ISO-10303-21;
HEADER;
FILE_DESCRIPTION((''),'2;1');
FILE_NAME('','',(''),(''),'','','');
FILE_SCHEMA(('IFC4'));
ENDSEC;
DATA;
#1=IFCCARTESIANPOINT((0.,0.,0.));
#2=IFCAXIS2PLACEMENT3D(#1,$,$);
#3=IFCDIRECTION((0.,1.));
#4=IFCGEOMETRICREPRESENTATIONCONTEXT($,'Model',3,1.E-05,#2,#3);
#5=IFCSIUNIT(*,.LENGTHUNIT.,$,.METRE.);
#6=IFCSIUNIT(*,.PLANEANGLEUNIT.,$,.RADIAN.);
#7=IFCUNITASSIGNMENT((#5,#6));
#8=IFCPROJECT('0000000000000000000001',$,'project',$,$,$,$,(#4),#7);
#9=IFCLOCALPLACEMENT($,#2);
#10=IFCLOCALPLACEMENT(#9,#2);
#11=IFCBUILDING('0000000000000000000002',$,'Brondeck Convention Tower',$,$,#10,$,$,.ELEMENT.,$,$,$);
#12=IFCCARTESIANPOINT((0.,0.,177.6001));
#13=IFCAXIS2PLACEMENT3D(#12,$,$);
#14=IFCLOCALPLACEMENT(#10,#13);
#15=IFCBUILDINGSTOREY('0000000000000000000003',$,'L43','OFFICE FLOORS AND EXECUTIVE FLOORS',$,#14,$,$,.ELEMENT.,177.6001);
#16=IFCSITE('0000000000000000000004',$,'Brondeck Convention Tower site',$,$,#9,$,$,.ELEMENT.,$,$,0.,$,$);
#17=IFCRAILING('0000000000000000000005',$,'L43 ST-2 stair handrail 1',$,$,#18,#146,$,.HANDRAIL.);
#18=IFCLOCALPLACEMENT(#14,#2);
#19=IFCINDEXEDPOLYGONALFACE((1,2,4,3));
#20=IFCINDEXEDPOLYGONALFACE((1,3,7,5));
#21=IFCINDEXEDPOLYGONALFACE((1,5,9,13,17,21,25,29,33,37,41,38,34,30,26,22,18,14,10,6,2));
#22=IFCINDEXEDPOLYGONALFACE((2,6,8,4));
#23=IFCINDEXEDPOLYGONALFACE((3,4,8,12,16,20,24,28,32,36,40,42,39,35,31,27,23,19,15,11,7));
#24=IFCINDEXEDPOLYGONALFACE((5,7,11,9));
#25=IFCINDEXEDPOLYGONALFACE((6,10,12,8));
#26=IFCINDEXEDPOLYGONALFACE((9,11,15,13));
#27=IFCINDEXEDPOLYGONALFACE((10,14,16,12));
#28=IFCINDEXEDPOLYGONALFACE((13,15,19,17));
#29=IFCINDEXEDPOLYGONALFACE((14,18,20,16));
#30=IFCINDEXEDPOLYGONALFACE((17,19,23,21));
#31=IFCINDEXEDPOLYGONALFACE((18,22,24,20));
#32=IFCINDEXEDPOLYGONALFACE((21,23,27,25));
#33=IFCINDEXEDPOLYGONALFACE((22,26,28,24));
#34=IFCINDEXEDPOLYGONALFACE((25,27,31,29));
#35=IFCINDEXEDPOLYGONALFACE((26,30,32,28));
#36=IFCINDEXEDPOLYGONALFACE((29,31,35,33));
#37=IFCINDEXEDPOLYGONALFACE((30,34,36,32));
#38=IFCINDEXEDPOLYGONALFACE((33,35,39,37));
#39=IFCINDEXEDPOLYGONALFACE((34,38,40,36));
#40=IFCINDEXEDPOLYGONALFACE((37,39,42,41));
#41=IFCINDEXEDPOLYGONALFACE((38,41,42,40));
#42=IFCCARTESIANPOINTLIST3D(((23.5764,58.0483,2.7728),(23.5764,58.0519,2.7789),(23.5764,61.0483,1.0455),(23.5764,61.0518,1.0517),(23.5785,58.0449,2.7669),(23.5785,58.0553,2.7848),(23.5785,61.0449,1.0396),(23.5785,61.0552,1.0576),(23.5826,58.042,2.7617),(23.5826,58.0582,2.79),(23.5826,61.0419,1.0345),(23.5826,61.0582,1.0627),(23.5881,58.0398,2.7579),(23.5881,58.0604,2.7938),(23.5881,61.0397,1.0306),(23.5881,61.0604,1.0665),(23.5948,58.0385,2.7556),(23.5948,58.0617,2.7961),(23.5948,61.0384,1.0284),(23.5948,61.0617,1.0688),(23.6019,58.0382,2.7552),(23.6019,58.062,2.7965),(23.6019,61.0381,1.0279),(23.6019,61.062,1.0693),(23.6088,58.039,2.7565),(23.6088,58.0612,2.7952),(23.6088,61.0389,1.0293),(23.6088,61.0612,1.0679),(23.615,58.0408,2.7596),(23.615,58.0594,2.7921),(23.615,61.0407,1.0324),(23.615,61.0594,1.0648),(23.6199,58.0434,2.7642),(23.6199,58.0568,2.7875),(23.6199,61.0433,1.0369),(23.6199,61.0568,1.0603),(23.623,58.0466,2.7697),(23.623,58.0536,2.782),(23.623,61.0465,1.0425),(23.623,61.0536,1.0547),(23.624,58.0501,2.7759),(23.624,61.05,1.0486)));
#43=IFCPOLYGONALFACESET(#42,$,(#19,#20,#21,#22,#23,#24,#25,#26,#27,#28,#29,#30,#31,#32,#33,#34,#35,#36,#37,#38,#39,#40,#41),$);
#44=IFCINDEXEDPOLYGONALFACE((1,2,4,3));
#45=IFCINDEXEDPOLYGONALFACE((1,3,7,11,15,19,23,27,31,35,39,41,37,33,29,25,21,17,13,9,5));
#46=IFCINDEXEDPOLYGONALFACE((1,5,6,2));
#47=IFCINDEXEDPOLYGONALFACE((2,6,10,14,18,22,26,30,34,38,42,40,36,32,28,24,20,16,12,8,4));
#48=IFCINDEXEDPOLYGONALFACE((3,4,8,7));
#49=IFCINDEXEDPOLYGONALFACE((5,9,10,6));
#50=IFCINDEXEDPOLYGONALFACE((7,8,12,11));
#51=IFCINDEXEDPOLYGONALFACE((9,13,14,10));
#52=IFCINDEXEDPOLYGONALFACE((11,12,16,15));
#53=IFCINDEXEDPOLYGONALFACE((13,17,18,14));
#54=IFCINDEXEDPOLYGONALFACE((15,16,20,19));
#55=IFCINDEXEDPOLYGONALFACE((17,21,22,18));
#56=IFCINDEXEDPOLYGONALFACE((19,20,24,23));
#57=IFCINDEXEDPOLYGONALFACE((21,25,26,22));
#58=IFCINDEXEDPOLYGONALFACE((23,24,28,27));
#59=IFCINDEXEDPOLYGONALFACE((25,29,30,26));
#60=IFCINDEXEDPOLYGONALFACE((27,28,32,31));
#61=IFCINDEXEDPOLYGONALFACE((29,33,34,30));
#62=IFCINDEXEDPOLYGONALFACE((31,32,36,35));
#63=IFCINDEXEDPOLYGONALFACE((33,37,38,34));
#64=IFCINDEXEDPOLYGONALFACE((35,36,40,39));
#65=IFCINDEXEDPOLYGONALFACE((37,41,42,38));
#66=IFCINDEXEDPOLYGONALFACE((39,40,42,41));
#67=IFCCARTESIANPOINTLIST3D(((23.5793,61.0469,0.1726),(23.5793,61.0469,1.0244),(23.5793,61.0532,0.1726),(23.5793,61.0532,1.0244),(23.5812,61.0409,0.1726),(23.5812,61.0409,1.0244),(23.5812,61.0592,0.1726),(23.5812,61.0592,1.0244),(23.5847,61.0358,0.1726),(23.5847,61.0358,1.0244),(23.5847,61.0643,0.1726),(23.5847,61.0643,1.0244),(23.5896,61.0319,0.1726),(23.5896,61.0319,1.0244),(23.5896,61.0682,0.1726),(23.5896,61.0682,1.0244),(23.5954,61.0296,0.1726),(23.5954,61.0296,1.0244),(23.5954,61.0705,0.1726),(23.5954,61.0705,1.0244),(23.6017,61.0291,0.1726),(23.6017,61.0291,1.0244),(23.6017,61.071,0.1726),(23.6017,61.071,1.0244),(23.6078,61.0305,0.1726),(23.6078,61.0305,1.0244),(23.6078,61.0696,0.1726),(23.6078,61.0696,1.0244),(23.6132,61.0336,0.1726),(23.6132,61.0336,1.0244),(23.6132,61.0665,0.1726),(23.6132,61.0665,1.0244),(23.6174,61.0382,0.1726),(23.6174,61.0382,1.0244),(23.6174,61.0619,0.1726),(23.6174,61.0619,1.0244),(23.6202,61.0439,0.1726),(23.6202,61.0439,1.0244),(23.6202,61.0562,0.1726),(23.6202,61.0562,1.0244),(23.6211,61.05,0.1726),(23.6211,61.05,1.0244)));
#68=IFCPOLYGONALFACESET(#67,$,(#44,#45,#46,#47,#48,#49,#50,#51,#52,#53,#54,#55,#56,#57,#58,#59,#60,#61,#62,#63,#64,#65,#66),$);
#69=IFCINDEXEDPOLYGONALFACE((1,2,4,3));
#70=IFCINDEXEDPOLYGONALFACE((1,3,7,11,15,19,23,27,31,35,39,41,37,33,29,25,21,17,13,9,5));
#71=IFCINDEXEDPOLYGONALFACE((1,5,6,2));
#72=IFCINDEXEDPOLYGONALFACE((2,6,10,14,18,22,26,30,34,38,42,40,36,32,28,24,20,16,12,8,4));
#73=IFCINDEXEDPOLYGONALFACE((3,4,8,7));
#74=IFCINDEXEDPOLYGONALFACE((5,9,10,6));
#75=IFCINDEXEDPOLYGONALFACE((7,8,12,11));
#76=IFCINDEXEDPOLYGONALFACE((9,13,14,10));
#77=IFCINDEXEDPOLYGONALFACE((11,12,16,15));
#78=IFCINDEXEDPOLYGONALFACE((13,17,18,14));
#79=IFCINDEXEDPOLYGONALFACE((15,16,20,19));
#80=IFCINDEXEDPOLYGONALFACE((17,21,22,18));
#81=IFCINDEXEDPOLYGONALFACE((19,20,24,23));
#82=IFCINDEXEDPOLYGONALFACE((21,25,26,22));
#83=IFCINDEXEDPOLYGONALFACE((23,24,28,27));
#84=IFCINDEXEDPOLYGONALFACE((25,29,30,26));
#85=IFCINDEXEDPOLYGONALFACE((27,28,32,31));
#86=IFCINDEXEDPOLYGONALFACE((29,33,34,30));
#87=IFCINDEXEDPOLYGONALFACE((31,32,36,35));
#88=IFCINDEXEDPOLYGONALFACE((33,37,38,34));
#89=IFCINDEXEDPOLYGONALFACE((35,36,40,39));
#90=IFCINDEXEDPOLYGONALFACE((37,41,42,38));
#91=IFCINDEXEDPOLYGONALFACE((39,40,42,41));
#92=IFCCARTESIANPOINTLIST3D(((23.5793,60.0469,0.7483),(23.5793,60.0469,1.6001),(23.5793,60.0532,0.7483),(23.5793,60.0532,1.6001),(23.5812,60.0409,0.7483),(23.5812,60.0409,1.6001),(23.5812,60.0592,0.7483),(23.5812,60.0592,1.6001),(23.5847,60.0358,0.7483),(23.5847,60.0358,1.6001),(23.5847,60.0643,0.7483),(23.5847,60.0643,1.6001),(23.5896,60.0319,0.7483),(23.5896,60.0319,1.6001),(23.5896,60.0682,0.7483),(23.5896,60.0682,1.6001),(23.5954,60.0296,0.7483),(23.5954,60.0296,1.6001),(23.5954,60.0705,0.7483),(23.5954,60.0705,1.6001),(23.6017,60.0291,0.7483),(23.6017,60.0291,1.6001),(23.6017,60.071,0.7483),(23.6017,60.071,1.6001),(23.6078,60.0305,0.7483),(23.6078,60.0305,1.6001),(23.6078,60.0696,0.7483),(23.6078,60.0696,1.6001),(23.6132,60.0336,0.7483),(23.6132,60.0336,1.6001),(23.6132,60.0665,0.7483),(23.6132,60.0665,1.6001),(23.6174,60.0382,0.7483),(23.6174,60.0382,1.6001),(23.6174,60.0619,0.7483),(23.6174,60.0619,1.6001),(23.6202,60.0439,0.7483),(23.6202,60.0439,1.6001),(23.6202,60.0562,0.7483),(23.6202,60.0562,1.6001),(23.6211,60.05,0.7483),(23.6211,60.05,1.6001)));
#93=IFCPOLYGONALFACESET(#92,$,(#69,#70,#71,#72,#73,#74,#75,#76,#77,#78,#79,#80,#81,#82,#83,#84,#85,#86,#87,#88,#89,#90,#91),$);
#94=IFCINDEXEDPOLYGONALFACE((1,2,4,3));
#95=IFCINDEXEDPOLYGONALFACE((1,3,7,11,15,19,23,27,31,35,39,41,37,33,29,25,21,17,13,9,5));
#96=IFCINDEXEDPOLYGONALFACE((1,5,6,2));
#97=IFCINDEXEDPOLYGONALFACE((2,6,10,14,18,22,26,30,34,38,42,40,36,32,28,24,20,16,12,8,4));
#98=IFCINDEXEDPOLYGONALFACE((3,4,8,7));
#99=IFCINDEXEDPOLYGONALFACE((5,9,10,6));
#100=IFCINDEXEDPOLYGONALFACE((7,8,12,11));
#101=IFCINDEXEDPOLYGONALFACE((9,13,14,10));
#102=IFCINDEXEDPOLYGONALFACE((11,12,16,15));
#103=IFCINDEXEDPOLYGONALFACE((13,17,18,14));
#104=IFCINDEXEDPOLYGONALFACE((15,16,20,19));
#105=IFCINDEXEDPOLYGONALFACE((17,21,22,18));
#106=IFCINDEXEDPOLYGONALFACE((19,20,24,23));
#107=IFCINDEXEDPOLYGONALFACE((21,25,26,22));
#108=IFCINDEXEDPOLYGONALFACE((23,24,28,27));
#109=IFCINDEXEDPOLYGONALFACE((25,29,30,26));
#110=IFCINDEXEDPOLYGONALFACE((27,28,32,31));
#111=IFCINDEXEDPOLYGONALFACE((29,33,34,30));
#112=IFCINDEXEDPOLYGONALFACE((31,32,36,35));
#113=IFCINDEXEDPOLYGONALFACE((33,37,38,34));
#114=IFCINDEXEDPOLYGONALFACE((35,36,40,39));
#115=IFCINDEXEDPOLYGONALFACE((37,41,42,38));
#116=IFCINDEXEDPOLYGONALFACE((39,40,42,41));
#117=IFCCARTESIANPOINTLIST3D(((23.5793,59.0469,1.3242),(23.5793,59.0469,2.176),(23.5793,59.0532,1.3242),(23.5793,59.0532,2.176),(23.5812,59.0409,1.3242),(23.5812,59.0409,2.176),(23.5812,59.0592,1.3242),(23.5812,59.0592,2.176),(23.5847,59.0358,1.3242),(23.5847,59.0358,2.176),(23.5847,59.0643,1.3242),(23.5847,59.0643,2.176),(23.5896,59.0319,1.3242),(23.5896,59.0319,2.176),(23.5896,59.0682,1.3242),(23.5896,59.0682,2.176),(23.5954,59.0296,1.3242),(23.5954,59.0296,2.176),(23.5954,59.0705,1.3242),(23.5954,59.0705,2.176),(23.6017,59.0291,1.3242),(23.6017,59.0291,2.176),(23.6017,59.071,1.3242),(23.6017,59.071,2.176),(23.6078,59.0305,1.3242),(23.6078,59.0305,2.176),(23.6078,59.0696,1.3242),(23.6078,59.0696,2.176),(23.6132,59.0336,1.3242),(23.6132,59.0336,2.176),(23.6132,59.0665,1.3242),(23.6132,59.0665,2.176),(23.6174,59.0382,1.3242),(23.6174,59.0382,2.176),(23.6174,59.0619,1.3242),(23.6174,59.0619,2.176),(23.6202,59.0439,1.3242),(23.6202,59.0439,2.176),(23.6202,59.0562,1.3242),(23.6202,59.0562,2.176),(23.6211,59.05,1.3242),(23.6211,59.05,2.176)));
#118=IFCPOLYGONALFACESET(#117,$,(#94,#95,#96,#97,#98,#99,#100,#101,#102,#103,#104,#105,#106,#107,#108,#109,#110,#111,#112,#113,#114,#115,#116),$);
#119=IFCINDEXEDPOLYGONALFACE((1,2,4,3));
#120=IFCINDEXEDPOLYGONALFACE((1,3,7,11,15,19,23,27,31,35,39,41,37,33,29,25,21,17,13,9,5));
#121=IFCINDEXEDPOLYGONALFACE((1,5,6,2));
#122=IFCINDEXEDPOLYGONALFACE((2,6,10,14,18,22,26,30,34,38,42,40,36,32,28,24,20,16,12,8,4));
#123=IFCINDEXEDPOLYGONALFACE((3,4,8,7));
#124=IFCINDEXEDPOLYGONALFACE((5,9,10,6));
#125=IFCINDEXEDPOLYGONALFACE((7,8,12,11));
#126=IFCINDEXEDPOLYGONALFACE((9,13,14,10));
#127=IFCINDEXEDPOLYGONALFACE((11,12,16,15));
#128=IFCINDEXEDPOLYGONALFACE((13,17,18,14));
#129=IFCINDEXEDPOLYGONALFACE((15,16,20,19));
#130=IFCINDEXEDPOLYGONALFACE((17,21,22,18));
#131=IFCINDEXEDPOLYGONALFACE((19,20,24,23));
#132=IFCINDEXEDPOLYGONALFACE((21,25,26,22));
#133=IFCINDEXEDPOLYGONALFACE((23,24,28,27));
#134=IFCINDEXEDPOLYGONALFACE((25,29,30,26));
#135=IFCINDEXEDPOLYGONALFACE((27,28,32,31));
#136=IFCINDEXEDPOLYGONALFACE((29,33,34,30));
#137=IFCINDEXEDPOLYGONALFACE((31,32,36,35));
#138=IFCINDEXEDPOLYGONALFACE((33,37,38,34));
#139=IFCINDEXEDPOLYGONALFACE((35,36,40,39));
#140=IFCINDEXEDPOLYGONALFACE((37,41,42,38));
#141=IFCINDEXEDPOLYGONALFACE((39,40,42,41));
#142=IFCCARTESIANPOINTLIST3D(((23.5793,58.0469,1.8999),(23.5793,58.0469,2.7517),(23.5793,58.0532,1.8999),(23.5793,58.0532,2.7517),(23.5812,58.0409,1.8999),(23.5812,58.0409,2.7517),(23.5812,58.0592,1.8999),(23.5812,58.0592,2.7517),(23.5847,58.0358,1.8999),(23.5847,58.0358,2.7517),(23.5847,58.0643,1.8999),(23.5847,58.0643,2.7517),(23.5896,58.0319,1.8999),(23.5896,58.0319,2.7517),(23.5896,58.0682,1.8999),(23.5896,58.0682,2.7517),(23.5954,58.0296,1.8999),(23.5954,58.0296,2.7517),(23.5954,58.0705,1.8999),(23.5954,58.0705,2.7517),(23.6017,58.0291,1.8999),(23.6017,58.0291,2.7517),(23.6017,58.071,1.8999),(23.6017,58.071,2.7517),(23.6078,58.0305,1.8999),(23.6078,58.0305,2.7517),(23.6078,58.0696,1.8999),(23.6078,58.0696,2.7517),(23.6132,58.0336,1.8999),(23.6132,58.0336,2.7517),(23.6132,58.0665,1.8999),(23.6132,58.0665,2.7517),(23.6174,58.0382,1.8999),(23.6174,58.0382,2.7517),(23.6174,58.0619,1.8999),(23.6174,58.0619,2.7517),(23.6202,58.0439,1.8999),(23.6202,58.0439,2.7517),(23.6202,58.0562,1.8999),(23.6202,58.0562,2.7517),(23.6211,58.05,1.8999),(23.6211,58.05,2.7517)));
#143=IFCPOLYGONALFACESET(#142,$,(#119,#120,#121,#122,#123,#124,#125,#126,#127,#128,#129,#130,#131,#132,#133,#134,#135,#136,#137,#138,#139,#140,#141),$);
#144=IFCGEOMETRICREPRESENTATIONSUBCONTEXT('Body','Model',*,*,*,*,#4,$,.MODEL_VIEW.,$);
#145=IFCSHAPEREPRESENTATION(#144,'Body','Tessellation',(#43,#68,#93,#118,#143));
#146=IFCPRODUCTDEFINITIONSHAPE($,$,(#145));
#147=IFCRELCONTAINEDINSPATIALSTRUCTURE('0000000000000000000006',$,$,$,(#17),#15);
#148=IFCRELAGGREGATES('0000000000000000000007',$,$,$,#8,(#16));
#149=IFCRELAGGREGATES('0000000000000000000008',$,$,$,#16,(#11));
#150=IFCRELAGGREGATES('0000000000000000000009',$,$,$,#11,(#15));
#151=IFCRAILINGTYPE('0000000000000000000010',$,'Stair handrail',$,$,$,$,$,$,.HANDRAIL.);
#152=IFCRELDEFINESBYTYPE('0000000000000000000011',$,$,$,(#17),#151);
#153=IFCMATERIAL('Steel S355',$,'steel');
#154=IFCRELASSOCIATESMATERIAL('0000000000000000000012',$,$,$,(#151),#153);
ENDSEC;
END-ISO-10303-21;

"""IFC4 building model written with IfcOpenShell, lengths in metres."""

from ifc_helpers import new_model, si_unit, direction, frame, origin, origin_2d, place, context, subcontext, project, spatial, circle, extrude, material, type_object, element, save


model = new_model("IFC4")

# Units and contexts
model_context = context("Model", 3, precision=1e-05, world=origin(), true_north=direction((0.0, 1.0)))
body_context = subcontext(model_context, "Body", "Model", "MODEL_VIEW")
ifc_project = project(units=[si_unit("LENGTHUNIT", "METRE"), si_unit("PLANEANGLEUNIT", "RADIAN")], contexts=[model_context])

# Site, building, storey
site_placement = place(None, origin())
site = spatial("IfcSite", under=ifc_project, at=site_placement, Name="Brondeck Convention Tower site", CompositionType="ELEMENT", RefElevation=0.0)
building_placement = place(site_placement, origin())
building = spatial("IfcBuilding", under=site, at=building_placement, Name="Brondeck Convention Tower", CompositionType="ELEMENT")
storey_placement = place(building_placement, frame((0.0, 0.0, 177.6001)))
storey = spatial("IfcBuildingStorey", under=building, at=storey_placement, Name="L43", Description="OFFICE FLOORS AND EXECUTIVE FLOORS", CompositionType="ELEMENT", Elevation=177.6001)

# Railing
ifc_material_1 = material(Name="Steel S355", Category="steel")
railing_type_1 = type_object("IfcRailingType", Name="Stair handrail", PredefinedType="HANDRAIL", material=ifc_material_1)
railing_1_placement = place(storey_placement, frame((23.6001, 61.05, 0.1726)))
element("IfcRailing", 1, at=railing_1_placement, inside=storey, type_object=railing_type_1, Name="L43 ST-2 stair handrail 1", PredefinedType="HANDRAIL", context=body_context, shape_type="SweptSolid", body=[
    extrude(circle(Radius=0.0239, at=origin_2d()), frame((0.0, 0.0, 0.876), z_axis=(0.0, -0.86662, 0.498969), x_axis=(1.0, 0.0, 0.0)), (0.0, 0.0, 1.0), 3.4617),
    extrude(circle(Radius=0.021, at=origin_2d()), origin(), (0.0, 0.0, 1.0), 0.8518),
    extrude(circle(Radius=0.021, at=origin_2d()), frame((0.0, -1.0, 0.5757)), (0.0, 0.0, 1.0), 0.8518),
    extrude(circle(Radius=0.021, at=origin_2d()), frame((0.0, -2.0, 1.1516)), (0.0, 0.0, 1.0), 0.8518),
    extrude(circle(Radius=0.021, at=origin_2d()), frame((0.0, -3.0, 1.7273)), (0.0, 0.0, 1.0), 0.8518),
])

save(model, "model.ifc")
